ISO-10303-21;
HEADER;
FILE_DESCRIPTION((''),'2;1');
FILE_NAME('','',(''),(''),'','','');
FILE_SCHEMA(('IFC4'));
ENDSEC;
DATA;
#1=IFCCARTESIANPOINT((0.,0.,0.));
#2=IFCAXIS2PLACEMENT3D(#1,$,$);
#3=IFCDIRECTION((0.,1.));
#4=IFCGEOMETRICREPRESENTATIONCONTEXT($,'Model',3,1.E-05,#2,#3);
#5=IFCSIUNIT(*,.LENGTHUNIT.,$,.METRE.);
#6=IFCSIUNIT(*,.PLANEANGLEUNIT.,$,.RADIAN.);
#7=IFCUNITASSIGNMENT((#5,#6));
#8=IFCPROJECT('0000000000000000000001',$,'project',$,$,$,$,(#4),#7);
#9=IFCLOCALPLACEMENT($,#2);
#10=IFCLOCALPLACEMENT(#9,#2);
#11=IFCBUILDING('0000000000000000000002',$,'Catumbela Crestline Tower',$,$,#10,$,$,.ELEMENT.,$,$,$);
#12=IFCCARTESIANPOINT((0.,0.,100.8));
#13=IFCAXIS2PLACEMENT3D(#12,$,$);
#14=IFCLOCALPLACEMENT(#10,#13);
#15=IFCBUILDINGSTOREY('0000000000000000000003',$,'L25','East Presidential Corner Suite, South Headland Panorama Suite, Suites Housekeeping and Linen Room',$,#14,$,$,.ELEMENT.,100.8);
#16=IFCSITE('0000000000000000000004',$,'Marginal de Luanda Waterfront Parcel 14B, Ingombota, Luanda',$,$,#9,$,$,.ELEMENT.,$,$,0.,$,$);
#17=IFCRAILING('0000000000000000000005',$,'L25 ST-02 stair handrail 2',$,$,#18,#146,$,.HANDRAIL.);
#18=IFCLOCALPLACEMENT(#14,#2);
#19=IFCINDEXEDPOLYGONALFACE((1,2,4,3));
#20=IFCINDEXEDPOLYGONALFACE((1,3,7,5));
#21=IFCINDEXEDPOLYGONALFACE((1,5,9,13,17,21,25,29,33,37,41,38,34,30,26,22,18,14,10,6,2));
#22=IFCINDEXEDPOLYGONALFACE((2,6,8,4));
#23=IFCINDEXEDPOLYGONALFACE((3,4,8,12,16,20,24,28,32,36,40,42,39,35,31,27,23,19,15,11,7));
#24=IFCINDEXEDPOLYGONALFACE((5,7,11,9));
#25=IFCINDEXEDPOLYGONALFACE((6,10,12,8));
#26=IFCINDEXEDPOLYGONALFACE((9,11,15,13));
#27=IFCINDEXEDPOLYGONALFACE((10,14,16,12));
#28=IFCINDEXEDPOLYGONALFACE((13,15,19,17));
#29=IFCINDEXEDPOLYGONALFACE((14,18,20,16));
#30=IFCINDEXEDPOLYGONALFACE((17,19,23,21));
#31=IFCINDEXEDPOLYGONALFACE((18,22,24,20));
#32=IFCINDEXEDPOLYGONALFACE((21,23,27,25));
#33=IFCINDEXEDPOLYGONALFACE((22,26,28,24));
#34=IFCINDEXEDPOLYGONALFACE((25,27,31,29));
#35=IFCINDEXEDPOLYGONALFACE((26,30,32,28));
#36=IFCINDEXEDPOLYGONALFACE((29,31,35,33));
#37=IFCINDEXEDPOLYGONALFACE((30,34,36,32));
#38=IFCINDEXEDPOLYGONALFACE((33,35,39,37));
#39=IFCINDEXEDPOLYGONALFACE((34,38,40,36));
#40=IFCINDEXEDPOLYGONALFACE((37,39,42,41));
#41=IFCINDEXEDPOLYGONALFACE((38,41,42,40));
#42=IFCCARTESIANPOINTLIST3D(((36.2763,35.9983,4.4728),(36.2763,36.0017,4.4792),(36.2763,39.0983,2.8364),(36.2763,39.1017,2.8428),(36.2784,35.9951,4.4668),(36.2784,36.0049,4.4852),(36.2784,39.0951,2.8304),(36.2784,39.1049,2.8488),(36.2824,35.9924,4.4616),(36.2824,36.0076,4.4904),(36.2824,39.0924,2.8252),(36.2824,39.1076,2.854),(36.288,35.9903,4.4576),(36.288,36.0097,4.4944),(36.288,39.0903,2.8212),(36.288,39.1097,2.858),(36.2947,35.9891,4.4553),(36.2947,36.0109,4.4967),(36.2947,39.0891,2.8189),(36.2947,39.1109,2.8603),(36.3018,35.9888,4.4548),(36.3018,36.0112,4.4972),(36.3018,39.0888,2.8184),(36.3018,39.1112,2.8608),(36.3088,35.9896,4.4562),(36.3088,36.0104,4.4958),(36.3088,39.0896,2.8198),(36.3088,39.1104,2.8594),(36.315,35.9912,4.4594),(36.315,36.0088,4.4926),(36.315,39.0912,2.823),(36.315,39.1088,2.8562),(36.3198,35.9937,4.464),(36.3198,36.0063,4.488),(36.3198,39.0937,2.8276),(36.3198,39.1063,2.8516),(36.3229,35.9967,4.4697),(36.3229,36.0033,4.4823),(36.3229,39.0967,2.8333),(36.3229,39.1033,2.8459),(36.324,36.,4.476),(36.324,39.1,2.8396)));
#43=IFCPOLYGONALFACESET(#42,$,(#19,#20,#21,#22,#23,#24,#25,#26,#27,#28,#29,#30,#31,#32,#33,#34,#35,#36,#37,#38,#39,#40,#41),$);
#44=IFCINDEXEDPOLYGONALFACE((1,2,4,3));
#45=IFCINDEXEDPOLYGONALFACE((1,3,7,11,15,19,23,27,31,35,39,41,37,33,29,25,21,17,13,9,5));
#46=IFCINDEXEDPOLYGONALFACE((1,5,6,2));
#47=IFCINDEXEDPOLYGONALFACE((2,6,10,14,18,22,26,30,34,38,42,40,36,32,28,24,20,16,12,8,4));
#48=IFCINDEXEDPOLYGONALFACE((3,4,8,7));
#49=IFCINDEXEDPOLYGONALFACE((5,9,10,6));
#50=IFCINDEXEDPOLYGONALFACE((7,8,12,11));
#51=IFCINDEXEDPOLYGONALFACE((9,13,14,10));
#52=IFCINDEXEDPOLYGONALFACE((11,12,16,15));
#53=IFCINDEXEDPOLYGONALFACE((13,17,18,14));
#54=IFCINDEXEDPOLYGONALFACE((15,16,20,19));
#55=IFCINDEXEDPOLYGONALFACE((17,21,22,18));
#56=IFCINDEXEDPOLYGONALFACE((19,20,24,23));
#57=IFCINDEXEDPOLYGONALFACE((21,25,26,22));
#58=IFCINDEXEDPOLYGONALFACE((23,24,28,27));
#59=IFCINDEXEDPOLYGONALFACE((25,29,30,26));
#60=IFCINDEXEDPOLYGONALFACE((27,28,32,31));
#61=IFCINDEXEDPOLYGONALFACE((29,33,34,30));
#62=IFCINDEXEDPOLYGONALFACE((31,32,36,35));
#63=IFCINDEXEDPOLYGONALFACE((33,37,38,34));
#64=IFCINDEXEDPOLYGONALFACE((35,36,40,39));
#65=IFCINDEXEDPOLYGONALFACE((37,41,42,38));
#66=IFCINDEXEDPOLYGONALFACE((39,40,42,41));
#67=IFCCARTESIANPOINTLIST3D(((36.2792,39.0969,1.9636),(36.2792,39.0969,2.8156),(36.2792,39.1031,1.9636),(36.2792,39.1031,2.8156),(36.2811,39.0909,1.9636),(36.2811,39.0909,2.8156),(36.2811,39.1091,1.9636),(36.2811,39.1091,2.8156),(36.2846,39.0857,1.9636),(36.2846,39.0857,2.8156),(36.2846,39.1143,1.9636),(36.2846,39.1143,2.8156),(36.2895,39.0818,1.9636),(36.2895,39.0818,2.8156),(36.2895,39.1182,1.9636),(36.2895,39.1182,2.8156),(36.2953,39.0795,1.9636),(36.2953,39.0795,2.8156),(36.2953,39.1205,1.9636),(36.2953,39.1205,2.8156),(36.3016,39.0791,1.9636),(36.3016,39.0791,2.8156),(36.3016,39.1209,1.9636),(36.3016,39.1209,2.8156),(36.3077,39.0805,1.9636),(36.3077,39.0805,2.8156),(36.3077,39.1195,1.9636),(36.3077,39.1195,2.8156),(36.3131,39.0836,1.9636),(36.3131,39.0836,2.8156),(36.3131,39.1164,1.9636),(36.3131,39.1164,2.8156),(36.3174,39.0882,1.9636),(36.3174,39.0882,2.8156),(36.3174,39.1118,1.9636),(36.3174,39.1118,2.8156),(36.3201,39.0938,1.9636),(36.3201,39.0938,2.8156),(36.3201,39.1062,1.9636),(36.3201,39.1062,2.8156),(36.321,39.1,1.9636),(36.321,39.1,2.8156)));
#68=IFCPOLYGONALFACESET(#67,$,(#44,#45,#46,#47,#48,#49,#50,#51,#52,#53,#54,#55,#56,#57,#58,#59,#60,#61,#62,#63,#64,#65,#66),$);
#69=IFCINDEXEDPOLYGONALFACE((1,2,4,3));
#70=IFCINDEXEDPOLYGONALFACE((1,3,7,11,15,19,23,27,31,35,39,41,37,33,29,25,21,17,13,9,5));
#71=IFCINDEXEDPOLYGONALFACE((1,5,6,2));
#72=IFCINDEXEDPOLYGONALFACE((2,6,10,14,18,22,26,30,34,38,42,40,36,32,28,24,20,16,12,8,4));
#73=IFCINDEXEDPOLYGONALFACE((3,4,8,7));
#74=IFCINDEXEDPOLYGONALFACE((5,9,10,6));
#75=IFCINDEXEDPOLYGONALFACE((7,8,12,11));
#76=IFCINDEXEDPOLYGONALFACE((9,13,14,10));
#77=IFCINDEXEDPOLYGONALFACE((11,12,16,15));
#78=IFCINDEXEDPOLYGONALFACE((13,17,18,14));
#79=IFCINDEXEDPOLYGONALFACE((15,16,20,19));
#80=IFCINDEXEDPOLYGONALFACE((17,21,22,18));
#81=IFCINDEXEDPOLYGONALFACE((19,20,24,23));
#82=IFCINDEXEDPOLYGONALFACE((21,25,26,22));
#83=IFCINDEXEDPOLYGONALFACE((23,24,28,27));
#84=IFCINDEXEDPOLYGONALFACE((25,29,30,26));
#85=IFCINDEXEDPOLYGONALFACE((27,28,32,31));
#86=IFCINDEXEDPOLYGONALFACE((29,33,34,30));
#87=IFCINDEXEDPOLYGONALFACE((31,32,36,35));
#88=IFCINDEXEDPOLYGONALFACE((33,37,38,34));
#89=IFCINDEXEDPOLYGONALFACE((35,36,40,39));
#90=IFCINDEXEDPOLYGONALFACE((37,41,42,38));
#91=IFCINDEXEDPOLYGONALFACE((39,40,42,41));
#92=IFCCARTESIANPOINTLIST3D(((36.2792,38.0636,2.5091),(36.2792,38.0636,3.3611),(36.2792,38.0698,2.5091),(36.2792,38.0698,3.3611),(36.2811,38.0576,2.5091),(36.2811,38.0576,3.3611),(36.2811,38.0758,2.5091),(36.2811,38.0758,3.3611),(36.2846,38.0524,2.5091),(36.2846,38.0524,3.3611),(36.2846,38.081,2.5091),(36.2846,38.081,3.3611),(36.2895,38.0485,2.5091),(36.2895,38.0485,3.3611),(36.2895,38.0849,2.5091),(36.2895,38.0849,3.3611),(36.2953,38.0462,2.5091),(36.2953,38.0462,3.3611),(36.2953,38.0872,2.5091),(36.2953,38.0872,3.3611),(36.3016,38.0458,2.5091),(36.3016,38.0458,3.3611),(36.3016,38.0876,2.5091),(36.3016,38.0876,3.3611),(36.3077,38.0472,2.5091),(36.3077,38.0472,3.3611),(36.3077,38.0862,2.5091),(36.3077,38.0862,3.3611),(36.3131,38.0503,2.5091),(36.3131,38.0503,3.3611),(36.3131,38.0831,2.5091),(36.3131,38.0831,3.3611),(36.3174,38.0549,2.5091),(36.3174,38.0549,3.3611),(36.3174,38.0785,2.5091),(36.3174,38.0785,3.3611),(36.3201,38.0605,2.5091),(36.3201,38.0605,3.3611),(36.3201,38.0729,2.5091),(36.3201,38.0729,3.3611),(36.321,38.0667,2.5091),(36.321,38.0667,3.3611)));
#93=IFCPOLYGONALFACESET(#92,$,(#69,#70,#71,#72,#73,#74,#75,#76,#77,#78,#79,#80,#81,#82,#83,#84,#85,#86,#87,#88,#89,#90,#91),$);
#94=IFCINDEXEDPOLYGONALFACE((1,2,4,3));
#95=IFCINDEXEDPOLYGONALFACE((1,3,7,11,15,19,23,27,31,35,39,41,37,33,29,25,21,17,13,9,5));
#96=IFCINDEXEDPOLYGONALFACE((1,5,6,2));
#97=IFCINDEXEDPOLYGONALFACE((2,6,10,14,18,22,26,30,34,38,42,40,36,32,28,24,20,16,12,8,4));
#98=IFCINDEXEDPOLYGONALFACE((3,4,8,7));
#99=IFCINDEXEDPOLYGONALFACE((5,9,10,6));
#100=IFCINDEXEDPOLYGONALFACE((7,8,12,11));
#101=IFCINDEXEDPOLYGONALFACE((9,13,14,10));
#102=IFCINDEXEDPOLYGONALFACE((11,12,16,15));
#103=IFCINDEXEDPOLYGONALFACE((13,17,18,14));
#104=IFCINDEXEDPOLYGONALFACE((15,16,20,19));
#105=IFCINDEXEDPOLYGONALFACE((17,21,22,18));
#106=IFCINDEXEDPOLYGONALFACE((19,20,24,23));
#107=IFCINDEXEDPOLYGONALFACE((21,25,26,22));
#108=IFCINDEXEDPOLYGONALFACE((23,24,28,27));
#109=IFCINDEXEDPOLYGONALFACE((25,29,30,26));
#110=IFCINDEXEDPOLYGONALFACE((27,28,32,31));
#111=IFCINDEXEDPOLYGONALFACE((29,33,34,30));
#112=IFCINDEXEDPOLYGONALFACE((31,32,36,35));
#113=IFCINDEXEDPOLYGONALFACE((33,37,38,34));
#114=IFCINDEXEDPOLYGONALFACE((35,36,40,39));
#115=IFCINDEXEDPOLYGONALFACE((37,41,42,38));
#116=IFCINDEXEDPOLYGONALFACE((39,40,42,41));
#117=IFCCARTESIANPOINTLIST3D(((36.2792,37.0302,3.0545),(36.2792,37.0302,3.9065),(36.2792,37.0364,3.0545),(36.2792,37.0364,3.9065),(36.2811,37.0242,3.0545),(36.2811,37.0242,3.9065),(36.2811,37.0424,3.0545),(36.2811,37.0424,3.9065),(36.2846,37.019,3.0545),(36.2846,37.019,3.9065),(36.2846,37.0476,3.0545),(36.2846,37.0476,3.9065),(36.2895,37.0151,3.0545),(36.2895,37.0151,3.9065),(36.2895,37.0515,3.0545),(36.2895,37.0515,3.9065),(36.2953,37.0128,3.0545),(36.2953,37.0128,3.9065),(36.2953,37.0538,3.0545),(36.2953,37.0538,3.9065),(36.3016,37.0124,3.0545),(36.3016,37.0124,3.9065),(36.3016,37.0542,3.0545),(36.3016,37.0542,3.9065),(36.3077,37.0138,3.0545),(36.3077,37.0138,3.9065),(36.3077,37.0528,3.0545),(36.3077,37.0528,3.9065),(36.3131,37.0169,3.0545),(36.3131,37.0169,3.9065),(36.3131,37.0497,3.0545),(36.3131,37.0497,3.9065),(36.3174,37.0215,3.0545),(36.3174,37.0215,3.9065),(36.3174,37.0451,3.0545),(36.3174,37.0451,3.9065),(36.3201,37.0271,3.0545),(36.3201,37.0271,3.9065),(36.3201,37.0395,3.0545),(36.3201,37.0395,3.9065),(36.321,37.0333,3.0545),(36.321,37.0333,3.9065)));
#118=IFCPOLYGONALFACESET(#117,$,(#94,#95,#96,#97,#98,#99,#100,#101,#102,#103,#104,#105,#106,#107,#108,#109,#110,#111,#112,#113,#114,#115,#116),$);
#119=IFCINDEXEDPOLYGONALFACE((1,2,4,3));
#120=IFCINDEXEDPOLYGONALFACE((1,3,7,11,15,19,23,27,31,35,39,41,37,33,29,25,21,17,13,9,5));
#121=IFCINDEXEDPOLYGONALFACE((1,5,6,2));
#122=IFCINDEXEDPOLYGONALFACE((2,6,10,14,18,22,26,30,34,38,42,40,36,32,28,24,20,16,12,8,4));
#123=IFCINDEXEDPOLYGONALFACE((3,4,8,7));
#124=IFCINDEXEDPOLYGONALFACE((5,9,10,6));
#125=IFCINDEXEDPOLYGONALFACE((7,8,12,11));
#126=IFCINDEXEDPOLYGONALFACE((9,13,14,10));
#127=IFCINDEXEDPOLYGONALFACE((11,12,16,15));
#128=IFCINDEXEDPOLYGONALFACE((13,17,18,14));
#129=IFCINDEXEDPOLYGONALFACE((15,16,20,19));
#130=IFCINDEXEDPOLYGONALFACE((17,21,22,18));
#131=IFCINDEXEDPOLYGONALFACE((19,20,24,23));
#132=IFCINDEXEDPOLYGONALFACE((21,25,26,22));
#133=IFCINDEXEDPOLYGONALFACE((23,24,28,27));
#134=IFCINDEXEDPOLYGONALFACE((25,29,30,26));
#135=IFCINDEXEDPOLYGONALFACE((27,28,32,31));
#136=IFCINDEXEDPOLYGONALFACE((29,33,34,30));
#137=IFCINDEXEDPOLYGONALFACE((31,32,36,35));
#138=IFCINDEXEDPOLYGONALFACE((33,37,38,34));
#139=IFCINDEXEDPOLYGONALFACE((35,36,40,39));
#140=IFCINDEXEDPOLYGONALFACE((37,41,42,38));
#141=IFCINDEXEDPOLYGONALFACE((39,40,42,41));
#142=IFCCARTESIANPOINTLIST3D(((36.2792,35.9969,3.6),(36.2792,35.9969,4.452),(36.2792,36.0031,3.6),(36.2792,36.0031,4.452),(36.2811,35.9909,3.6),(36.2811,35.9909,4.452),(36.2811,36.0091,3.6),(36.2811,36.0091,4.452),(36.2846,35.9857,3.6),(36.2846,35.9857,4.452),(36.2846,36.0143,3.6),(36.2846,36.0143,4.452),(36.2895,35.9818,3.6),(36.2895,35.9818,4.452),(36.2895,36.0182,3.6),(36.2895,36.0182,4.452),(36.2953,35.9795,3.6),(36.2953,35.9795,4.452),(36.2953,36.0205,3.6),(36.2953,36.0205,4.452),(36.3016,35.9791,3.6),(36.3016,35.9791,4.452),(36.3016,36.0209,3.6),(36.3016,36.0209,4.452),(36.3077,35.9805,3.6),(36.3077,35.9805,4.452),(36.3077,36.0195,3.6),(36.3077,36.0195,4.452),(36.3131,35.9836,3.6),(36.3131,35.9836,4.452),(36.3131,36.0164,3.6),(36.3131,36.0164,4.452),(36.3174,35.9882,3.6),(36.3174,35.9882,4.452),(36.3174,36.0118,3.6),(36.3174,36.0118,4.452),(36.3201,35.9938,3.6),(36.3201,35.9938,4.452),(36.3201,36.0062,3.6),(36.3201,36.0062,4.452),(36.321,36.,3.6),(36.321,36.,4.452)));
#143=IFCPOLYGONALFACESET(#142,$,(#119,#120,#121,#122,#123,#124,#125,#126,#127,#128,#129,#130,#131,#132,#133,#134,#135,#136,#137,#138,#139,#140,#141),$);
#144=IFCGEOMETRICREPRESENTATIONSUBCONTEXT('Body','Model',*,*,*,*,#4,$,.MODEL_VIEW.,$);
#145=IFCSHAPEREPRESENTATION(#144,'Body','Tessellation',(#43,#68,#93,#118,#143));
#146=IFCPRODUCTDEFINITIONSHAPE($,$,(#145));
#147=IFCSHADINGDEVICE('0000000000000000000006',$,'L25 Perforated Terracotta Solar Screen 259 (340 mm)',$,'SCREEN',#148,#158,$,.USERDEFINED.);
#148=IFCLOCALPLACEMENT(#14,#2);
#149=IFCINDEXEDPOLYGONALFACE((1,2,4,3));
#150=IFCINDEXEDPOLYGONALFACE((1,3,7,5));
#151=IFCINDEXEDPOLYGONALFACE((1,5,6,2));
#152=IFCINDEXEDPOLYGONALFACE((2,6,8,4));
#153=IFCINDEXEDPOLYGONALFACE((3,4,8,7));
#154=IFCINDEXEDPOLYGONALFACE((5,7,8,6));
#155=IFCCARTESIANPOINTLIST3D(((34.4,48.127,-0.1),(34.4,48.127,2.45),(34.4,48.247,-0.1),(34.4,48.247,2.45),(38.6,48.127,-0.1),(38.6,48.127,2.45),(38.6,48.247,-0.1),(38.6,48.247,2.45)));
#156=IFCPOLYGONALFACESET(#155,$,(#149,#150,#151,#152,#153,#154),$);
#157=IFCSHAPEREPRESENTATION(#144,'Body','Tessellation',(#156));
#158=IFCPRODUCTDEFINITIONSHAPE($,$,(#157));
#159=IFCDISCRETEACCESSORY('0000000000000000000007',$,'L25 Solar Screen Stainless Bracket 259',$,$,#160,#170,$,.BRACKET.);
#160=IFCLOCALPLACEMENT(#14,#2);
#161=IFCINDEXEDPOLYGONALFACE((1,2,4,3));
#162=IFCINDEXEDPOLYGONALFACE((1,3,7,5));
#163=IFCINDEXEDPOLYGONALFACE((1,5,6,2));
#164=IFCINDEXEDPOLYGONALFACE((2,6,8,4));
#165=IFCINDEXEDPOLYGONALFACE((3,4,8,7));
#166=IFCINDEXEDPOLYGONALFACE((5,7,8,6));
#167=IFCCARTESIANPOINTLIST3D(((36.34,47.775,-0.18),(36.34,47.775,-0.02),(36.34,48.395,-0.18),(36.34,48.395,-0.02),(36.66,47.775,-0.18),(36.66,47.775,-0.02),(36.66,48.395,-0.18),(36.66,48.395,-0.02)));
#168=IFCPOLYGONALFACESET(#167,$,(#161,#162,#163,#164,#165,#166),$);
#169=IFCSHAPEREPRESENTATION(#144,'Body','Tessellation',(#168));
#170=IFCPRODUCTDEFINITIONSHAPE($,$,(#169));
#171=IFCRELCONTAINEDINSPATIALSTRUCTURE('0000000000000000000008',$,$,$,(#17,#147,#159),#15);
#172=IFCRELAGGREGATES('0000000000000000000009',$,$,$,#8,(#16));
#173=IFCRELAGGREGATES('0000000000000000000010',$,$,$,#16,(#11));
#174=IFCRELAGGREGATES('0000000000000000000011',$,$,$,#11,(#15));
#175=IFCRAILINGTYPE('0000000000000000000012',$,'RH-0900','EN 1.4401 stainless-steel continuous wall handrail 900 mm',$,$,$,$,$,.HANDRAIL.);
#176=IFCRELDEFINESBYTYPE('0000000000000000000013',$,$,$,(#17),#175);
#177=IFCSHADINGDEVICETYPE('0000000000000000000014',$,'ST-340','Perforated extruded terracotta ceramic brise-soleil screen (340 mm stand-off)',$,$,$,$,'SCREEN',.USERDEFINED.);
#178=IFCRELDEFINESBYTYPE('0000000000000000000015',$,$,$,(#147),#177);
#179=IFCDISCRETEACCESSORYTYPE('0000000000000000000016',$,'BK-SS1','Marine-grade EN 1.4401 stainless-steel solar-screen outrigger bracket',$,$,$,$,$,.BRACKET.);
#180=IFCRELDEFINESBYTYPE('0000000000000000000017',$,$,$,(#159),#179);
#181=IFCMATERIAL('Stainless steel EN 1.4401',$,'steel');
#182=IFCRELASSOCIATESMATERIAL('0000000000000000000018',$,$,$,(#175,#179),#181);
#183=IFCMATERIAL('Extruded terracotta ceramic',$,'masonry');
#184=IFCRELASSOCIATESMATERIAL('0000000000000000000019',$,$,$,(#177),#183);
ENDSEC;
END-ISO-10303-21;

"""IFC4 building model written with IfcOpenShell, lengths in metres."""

from ifc_helpers import new_model, si_unit, direction, frame, origin, origin_2d, place, context, subcontext, project, spatial, rectangle, circle, extrude, material, type_object, element, save


model = new_model("IFC4")

# Units and contexts
model_context = context("Model", 3, precision=1e-05, world=origin(), true_north=direction((0.0, 1.0)))
body_context = subcontext(model_context, "Body", "Model", "MODEL_VIEW")
ifc_project = project(units=[si_unit("LENGTHUNIT", "METRE"), si_unit("PLANEANGLEUNIT", "RADIAN")], contexts=[model_context])

# Site, building, storey
site_placement = place(None, origin())
site = spatial("IfcSite", under=ifc_project, at=site_placement, Name="Marginal de Luanda Waterfront Parcel 14B, Ingombota, Luanda", CompositionType="ELEMENT", RefElevation=0.0)
building_placement = place(site_placement, origin())
building = spatial("IfcBuilding", under=site, at=building_placement, Name="Catumbela Crestline Tower", CompositionType="ELEMENT")
storey_placement = place(building_placement, frame((0.0, 0.0, 100.8)))
storey = spatial("IfcBuildingStorey", under=building, at=storey_placement, Name="L25", Description="East Presidential Corner Suite, South Headland Panorama Suite, Suites Housekeeping and Linen Room", CompositionType="ELEMENT", Elevation=100.8)

# Shared definitions
ifc_material_1 = material(Name="Stainless steel EN 1.4401", Category="steel")

# Railing
railing_type_1 = type_object("IfcRailingType", Name="RH-0900", Description="EN 1.4401 stainless-steel continuous wall handrail 900 mm", PredefinedType="HANDRAIL", material=ifc_material_1)
railing_1_placement = place(storey_placement, frame((36.3, 39.1, 1.9636)))
element("IfcRailing", 1, at=railing_1_placement, inside=storey, type_object=railing_type_1, Name="L25 ST-02 stair handrail 2", PredefinedType="HANDRAIL", context=body_context, shape_type="SweptSolid", body=[
    extrude(circle(Radius=0.024, at=origin_2d()), frame((0.0, 0.0, 0.876), z_axis=(0.0, -0.884351, 0.466823), x_axis=(1.0, 0.0, 0.0)), (0.0, 0.0, 1.0), 3.5054),
    extrude(circle(Radius=0.021, at=origin_2d()), origin(), (0.0, 0.0, 1.0), 0.852),
    extrude(circle(Radius=0.021, at=origin_2d()), frame((0.0, -1.0333, 0.5455)), (0.0, 0.0, 1.0), 0.852),
    extrude(circle(Radius=0.021, at=origin_2d()), frame((0.0, -2.0667, 1.0909)), (0.0, 0.0, 1.0), 0.852),
    extrude(circle(Radius=0.021, at=origin_2d()), frame((0.0, -3.1, 1.6364)), (0.0, 0.0, 1.0), 0.852),
])

# Shading device
ifc_material_2 = material(Name="Extruded terracotta ceramic", Category="masonry")
shading_device_type = type_object("IfcShadingDeviceType", Name="ST-340", Description="Perforated extruded terracotta ceramic brise-soleil screen (340 mm stand-off)", ElementType="SCREEN", PredefinedType="USERDEFINED", material=ifc_material_2)
shading_device_placement = place(storey_placement, frame((36.5, 48.187, -0.1), z_axis=(0.0, 0.0, 1.0), x_axis=(-1.0, 0.0, 0.0)))
element("IfcShadingDevice", 2, at=shading_device_placement, inside=storey, type_object=shading_device_type, Name="L25 Perforated Terracotta Solar Screen 259 (340 mm)", ObjectType="SCREEN", PredefinedType="USERDEFINED", context=body_context, shape_type="SweptSolid", body=[
    extrude(rectangle(XDim=4.2, YDim=0.12, at=origin_2d()), origin(), (0.0, 0.0, 1.0), 2.55),
])

# Discrete accessory
discrete_accessory_type = type_object("IfcDiscreteAccessoryType", Name="BK-SS1", Description="Marine-grade EN 1.4401 stainless-steel solar-screen outrigger bracket", PredefinedType="BRACKET", material=ifc_material_1)
discrete_accessory_placement = place(storey_placement, frame((36.5, 48.085, -0.18), z_axis=(0.0, 0.0, 1.0), x_axis=(-1.0, 0.0, 0.0)))
element("IfcDiscreteAccessory", 3, at=discrete_accessory_placement, inside=storey, type_object=discrete_accessory_type, Name="L25 Solar Screen Stainless Bracket 259", PredefinedType="BRACKET", context=body_context, shape_type="SweptSolid", body=[
    extrude(rectangle(XDim=0.32, YDim=0.62, at=origin_2d()), origin(), (0.0, 0.0, 1.0), 0.16),
])

save(model, "model.ifc")
